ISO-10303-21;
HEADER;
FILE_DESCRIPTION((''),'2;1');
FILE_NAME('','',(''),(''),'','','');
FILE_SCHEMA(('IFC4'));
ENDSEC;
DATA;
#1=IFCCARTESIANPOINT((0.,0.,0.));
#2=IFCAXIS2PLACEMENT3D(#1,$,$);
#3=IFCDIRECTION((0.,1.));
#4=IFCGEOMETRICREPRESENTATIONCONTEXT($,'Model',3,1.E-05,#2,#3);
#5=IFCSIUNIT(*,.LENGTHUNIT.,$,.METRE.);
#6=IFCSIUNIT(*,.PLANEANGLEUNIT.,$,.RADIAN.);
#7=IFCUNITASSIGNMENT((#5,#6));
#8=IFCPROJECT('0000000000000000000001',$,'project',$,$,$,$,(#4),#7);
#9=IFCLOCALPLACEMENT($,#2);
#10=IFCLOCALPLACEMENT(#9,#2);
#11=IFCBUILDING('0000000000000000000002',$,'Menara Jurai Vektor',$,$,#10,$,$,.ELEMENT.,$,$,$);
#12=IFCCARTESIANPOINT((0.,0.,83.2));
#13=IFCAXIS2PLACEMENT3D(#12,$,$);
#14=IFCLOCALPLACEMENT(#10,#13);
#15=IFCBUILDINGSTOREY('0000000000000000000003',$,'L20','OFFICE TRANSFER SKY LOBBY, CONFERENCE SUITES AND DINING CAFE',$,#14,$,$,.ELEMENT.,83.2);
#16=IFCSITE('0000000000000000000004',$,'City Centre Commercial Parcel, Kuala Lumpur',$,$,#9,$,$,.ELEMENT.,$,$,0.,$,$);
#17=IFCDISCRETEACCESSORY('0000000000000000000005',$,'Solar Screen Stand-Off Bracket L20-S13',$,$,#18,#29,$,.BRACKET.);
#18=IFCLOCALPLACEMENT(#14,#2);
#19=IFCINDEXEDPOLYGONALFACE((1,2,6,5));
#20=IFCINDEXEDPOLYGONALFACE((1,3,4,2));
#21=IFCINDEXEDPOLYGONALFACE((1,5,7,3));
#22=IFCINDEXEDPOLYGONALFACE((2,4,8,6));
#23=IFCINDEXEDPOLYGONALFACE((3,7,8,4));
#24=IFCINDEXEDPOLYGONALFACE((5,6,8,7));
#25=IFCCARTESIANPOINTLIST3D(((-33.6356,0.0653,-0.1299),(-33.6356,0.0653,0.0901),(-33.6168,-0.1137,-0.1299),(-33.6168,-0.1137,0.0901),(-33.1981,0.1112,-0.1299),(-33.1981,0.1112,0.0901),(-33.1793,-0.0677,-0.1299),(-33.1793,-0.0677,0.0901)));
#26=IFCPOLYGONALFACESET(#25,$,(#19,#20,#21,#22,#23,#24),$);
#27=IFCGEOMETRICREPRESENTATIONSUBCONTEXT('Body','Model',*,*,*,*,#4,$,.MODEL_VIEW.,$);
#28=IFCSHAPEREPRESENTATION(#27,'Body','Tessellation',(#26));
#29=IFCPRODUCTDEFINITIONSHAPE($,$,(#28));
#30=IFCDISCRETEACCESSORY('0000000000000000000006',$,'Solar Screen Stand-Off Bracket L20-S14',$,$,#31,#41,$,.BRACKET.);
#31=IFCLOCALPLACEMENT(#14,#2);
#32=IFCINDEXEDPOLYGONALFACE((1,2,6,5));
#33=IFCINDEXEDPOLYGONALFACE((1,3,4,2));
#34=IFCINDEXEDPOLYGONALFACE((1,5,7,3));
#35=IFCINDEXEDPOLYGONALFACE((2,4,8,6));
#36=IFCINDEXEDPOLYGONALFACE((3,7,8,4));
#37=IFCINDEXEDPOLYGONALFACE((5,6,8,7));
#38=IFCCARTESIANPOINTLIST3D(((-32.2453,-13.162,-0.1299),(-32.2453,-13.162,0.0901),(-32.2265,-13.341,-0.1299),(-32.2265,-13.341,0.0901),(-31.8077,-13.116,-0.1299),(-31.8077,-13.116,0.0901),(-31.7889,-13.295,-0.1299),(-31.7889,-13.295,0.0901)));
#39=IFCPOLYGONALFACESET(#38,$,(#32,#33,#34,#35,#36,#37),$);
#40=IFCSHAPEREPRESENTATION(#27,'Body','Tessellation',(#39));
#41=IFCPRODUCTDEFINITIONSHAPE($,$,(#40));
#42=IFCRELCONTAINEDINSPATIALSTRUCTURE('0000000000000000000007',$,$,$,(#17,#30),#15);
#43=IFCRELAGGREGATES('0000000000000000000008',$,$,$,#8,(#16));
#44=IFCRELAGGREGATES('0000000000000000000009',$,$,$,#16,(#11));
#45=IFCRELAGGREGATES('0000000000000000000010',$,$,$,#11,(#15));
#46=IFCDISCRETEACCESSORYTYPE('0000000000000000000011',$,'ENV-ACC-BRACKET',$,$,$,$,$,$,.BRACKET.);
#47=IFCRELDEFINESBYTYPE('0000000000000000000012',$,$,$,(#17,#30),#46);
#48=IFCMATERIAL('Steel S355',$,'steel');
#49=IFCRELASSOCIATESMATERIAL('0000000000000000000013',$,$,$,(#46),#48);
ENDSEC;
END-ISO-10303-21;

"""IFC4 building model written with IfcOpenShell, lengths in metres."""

from ifc_helpers import new_model, si_unit, direction, frame, origin, origin_2d, place, context, subcontext, project, spatial, rectangle, extrude, material, type_object, element, save


model = new_model("IFC4")

# Units and contexts
model_context = context("Model", 3, precision=1e-05, world=origin(), true_north=direction((0.0, 1.0)))
body_context = subcontext(model_context, "Body", "Model", "MODEL_VIEW")
ifc_project = project(units=[si_unit("LENGTHUNIT", "METRE"), si_unit("PLANEANGLEUNIT", "RADIAN")], contexts=[model_context])

# Site, building, storey
site_placement = place(None, origin())
site = spatial("IfcSite", under=ifc_project, at=site_placement, Name="City Centre Commercial Parcel, Kuala Lumpur", CompositionType="ELEMENT", RefElevation=0.0)
building_placement = place(site_placement, origin())
building = spatial("IfcBuilding", under=site, at=building_placement, Name="Menara Jurai Vektor", CompositionType="ELEMENT")
storey_placement = place(building_placement, frame((0.0, 0.0, 83.2)))
storey = spatial("IfcBuildingStorey", under=building, at=storey_placement, Name="L20", Description="OFFICE TRANSFER SKY LOBBY, CONFERENCE SUITES AND DINING CAFE", CompositionType="ELEMENT", Elevation=83.2)

# Shared definitions
ifc_material_1 = material(Name="Steel S355", Category="steel")

# Discrete accessories
discrete_accessory_type = type_object("IfcDiscreteAccessoryType", Name="ENV-ACC-BRACKET", PredefinedType="BRACKET", material=ifc_material_1)
for number, where, z_axis, x_axis, name in (
    (1, (-33.4075, -0.0012, -0.1299), (0.0, 0.0, 1.0), (0.104528, -0.994522, 0.0), "Solar Screen Stand-Off Bracket L20-S13"),
    (2, (-32.0171, -13.2285, -0.1299), (0.0, 0.0, 1.0), (0.104528, -0.994522, 0.0), "Solar Screen Stand-Off Bracket L20-S14"),
):
    element("IfcDiscreteAccessory", number, at=place(storey_placement, frame(where, z_axis=z_axis, x_axis=x_axis)), inside=storey, type_object=discrete_accessory_type, Name=name, PredefinedType="BRACKET", context=body_context, shape_type="SweptSolid", body=[
        extrude(rectangle(XDim=0.1799, YDim=0.4399, at=origin_2d()), origin(), (0.0, 0.0, 1.0), 0.22),
    ])

save(model, "model.ifc")
